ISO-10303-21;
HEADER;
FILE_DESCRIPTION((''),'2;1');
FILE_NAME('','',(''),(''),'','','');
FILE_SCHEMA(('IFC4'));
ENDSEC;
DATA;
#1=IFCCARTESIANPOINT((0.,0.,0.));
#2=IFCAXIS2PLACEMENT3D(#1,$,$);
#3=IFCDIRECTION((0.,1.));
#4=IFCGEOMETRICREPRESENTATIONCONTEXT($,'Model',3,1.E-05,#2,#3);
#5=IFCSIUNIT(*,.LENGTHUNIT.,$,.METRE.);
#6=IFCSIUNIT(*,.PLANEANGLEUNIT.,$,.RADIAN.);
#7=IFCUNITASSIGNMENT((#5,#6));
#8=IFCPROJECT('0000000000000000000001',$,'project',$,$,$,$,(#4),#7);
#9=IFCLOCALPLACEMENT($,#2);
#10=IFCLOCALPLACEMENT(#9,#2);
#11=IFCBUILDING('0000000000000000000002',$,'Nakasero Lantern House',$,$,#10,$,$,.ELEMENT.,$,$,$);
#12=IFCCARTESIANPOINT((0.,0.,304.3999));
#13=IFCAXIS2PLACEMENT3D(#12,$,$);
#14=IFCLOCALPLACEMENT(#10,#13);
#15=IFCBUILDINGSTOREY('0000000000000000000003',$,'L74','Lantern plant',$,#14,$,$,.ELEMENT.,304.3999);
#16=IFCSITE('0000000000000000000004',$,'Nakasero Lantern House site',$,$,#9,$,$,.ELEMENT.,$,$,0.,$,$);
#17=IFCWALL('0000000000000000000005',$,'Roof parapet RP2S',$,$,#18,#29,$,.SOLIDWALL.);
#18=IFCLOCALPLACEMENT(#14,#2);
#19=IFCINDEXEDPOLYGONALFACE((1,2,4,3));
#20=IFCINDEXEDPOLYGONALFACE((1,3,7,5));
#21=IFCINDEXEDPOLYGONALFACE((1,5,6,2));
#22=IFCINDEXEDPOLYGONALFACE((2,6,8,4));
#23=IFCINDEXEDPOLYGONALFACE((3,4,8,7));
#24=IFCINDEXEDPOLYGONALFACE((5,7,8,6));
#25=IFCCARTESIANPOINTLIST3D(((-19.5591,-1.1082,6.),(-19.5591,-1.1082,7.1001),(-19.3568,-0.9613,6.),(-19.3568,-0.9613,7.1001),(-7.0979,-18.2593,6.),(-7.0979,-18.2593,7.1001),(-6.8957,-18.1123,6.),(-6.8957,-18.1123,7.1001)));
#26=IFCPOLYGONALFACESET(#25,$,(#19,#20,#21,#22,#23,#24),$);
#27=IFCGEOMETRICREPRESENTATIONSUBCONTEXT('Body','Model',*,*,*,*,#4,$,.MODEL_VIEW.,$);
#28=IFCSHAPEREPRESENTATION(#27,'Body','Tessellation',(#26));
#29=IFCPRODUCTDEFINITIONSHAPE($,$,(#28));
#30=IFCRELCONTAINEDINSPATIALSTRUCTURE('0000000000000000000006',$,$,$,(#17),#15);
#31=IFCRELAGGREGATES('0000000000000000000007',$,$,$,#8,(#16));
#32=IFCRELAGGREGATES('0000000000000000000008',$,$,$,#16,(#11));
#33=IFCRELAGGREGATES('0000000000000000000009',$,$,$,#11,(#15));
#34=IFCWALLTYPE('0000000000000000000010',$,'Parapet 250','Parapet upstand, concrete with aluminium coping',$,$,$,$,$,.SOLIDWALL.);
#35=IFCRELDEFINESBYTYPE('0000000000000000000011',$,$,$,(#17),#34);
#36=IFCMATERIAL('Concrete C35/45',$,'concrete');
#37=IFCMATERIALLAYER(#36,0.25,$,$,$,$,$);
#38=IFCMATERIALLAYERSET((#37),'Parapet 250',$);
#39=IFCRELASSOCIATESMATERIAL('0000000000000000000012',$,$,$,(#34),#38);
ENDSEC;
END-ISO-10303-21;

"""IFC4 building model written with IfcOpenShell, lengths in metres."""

from ifc_helpers import new_model, si_unit, direction, frame, frame_2d, origin, place, context, subcontext, project, spatial, rectangle, extrude, material, layer, layer_set, type_object, element, save


model = new_model("IFC4")

# Units and contexts
model_context = context("Model", 3, precision=1e-05, world=origin(), true_north=direction((0.0, 1.0)))
body_context = subcontext(model_context, "Body", "Model", "MODEL_VIEW")
ifc_project = project(units=[si_unit("LENGTHUNIT", "METRE"), si_unit("PLANEANGLEUNIT", "RADIAN")], contexts=[model_context])

# Site, building, storey
site_placement = place(None, origin())
site = spatial("IfcSite", under=ifc_project, at=site_placement, Name="Nakasero Lantern House site", CompositionType="ELEMENT", RefElevation=0.0)
building_placement = place(site_placement, origin())
building = spatial("IfcBuilding", under=site, at=building_placement, Name="Nakasero Lantern House", CompositionType="ELEMENT")
storey_placement = place(building_placement, frame((0.0, 0.0, 304.3999)))
storey = spatial("IfcBuildingStorey", under=building, at=storey_placement, Name="L74", Description="Lantern plant", CompositionType="ELEMENT", Elevation=304.3999)

# Wall
ifc_material_1 = material(Name="Concrete C35/45", Category="concrete")
ifc_layer_1 = layer(ifc_material_1, 0.25)
ifc_layer_set_1 = layer_set([ifc_layer_1], Name="Parapet 250")
wall_type = type_object("IfcWallType", Name="Parapet 250", Description="Parapet upstand, concrete with aluminium coping", PredefinedType="SOLIDWALL", material=ifc_layer_set_1)
wall_placement = place(storey_placement, frame((-19.458, -1.0347, 6.0), z_axis=(0.0, 0.0, 1.0), x_axis=(0.58779, -0.809013, 0.0)))
element("IfcWall", 1, at=wall_placement, inside=storey, type_object=wall_type, Name="Roof parapet RP2S", PredefinedType="SOLIDWALL", context=body_context, shape_type="SweptSolid", body=[
    extrude(rectangle(XDim=21.2, YDim=0.25, at=frame_2d((10.6001, 0.0))), origin(), (0.0, 0.0, 1.0), 1.1001),
])

save(model, "model.ifc")
